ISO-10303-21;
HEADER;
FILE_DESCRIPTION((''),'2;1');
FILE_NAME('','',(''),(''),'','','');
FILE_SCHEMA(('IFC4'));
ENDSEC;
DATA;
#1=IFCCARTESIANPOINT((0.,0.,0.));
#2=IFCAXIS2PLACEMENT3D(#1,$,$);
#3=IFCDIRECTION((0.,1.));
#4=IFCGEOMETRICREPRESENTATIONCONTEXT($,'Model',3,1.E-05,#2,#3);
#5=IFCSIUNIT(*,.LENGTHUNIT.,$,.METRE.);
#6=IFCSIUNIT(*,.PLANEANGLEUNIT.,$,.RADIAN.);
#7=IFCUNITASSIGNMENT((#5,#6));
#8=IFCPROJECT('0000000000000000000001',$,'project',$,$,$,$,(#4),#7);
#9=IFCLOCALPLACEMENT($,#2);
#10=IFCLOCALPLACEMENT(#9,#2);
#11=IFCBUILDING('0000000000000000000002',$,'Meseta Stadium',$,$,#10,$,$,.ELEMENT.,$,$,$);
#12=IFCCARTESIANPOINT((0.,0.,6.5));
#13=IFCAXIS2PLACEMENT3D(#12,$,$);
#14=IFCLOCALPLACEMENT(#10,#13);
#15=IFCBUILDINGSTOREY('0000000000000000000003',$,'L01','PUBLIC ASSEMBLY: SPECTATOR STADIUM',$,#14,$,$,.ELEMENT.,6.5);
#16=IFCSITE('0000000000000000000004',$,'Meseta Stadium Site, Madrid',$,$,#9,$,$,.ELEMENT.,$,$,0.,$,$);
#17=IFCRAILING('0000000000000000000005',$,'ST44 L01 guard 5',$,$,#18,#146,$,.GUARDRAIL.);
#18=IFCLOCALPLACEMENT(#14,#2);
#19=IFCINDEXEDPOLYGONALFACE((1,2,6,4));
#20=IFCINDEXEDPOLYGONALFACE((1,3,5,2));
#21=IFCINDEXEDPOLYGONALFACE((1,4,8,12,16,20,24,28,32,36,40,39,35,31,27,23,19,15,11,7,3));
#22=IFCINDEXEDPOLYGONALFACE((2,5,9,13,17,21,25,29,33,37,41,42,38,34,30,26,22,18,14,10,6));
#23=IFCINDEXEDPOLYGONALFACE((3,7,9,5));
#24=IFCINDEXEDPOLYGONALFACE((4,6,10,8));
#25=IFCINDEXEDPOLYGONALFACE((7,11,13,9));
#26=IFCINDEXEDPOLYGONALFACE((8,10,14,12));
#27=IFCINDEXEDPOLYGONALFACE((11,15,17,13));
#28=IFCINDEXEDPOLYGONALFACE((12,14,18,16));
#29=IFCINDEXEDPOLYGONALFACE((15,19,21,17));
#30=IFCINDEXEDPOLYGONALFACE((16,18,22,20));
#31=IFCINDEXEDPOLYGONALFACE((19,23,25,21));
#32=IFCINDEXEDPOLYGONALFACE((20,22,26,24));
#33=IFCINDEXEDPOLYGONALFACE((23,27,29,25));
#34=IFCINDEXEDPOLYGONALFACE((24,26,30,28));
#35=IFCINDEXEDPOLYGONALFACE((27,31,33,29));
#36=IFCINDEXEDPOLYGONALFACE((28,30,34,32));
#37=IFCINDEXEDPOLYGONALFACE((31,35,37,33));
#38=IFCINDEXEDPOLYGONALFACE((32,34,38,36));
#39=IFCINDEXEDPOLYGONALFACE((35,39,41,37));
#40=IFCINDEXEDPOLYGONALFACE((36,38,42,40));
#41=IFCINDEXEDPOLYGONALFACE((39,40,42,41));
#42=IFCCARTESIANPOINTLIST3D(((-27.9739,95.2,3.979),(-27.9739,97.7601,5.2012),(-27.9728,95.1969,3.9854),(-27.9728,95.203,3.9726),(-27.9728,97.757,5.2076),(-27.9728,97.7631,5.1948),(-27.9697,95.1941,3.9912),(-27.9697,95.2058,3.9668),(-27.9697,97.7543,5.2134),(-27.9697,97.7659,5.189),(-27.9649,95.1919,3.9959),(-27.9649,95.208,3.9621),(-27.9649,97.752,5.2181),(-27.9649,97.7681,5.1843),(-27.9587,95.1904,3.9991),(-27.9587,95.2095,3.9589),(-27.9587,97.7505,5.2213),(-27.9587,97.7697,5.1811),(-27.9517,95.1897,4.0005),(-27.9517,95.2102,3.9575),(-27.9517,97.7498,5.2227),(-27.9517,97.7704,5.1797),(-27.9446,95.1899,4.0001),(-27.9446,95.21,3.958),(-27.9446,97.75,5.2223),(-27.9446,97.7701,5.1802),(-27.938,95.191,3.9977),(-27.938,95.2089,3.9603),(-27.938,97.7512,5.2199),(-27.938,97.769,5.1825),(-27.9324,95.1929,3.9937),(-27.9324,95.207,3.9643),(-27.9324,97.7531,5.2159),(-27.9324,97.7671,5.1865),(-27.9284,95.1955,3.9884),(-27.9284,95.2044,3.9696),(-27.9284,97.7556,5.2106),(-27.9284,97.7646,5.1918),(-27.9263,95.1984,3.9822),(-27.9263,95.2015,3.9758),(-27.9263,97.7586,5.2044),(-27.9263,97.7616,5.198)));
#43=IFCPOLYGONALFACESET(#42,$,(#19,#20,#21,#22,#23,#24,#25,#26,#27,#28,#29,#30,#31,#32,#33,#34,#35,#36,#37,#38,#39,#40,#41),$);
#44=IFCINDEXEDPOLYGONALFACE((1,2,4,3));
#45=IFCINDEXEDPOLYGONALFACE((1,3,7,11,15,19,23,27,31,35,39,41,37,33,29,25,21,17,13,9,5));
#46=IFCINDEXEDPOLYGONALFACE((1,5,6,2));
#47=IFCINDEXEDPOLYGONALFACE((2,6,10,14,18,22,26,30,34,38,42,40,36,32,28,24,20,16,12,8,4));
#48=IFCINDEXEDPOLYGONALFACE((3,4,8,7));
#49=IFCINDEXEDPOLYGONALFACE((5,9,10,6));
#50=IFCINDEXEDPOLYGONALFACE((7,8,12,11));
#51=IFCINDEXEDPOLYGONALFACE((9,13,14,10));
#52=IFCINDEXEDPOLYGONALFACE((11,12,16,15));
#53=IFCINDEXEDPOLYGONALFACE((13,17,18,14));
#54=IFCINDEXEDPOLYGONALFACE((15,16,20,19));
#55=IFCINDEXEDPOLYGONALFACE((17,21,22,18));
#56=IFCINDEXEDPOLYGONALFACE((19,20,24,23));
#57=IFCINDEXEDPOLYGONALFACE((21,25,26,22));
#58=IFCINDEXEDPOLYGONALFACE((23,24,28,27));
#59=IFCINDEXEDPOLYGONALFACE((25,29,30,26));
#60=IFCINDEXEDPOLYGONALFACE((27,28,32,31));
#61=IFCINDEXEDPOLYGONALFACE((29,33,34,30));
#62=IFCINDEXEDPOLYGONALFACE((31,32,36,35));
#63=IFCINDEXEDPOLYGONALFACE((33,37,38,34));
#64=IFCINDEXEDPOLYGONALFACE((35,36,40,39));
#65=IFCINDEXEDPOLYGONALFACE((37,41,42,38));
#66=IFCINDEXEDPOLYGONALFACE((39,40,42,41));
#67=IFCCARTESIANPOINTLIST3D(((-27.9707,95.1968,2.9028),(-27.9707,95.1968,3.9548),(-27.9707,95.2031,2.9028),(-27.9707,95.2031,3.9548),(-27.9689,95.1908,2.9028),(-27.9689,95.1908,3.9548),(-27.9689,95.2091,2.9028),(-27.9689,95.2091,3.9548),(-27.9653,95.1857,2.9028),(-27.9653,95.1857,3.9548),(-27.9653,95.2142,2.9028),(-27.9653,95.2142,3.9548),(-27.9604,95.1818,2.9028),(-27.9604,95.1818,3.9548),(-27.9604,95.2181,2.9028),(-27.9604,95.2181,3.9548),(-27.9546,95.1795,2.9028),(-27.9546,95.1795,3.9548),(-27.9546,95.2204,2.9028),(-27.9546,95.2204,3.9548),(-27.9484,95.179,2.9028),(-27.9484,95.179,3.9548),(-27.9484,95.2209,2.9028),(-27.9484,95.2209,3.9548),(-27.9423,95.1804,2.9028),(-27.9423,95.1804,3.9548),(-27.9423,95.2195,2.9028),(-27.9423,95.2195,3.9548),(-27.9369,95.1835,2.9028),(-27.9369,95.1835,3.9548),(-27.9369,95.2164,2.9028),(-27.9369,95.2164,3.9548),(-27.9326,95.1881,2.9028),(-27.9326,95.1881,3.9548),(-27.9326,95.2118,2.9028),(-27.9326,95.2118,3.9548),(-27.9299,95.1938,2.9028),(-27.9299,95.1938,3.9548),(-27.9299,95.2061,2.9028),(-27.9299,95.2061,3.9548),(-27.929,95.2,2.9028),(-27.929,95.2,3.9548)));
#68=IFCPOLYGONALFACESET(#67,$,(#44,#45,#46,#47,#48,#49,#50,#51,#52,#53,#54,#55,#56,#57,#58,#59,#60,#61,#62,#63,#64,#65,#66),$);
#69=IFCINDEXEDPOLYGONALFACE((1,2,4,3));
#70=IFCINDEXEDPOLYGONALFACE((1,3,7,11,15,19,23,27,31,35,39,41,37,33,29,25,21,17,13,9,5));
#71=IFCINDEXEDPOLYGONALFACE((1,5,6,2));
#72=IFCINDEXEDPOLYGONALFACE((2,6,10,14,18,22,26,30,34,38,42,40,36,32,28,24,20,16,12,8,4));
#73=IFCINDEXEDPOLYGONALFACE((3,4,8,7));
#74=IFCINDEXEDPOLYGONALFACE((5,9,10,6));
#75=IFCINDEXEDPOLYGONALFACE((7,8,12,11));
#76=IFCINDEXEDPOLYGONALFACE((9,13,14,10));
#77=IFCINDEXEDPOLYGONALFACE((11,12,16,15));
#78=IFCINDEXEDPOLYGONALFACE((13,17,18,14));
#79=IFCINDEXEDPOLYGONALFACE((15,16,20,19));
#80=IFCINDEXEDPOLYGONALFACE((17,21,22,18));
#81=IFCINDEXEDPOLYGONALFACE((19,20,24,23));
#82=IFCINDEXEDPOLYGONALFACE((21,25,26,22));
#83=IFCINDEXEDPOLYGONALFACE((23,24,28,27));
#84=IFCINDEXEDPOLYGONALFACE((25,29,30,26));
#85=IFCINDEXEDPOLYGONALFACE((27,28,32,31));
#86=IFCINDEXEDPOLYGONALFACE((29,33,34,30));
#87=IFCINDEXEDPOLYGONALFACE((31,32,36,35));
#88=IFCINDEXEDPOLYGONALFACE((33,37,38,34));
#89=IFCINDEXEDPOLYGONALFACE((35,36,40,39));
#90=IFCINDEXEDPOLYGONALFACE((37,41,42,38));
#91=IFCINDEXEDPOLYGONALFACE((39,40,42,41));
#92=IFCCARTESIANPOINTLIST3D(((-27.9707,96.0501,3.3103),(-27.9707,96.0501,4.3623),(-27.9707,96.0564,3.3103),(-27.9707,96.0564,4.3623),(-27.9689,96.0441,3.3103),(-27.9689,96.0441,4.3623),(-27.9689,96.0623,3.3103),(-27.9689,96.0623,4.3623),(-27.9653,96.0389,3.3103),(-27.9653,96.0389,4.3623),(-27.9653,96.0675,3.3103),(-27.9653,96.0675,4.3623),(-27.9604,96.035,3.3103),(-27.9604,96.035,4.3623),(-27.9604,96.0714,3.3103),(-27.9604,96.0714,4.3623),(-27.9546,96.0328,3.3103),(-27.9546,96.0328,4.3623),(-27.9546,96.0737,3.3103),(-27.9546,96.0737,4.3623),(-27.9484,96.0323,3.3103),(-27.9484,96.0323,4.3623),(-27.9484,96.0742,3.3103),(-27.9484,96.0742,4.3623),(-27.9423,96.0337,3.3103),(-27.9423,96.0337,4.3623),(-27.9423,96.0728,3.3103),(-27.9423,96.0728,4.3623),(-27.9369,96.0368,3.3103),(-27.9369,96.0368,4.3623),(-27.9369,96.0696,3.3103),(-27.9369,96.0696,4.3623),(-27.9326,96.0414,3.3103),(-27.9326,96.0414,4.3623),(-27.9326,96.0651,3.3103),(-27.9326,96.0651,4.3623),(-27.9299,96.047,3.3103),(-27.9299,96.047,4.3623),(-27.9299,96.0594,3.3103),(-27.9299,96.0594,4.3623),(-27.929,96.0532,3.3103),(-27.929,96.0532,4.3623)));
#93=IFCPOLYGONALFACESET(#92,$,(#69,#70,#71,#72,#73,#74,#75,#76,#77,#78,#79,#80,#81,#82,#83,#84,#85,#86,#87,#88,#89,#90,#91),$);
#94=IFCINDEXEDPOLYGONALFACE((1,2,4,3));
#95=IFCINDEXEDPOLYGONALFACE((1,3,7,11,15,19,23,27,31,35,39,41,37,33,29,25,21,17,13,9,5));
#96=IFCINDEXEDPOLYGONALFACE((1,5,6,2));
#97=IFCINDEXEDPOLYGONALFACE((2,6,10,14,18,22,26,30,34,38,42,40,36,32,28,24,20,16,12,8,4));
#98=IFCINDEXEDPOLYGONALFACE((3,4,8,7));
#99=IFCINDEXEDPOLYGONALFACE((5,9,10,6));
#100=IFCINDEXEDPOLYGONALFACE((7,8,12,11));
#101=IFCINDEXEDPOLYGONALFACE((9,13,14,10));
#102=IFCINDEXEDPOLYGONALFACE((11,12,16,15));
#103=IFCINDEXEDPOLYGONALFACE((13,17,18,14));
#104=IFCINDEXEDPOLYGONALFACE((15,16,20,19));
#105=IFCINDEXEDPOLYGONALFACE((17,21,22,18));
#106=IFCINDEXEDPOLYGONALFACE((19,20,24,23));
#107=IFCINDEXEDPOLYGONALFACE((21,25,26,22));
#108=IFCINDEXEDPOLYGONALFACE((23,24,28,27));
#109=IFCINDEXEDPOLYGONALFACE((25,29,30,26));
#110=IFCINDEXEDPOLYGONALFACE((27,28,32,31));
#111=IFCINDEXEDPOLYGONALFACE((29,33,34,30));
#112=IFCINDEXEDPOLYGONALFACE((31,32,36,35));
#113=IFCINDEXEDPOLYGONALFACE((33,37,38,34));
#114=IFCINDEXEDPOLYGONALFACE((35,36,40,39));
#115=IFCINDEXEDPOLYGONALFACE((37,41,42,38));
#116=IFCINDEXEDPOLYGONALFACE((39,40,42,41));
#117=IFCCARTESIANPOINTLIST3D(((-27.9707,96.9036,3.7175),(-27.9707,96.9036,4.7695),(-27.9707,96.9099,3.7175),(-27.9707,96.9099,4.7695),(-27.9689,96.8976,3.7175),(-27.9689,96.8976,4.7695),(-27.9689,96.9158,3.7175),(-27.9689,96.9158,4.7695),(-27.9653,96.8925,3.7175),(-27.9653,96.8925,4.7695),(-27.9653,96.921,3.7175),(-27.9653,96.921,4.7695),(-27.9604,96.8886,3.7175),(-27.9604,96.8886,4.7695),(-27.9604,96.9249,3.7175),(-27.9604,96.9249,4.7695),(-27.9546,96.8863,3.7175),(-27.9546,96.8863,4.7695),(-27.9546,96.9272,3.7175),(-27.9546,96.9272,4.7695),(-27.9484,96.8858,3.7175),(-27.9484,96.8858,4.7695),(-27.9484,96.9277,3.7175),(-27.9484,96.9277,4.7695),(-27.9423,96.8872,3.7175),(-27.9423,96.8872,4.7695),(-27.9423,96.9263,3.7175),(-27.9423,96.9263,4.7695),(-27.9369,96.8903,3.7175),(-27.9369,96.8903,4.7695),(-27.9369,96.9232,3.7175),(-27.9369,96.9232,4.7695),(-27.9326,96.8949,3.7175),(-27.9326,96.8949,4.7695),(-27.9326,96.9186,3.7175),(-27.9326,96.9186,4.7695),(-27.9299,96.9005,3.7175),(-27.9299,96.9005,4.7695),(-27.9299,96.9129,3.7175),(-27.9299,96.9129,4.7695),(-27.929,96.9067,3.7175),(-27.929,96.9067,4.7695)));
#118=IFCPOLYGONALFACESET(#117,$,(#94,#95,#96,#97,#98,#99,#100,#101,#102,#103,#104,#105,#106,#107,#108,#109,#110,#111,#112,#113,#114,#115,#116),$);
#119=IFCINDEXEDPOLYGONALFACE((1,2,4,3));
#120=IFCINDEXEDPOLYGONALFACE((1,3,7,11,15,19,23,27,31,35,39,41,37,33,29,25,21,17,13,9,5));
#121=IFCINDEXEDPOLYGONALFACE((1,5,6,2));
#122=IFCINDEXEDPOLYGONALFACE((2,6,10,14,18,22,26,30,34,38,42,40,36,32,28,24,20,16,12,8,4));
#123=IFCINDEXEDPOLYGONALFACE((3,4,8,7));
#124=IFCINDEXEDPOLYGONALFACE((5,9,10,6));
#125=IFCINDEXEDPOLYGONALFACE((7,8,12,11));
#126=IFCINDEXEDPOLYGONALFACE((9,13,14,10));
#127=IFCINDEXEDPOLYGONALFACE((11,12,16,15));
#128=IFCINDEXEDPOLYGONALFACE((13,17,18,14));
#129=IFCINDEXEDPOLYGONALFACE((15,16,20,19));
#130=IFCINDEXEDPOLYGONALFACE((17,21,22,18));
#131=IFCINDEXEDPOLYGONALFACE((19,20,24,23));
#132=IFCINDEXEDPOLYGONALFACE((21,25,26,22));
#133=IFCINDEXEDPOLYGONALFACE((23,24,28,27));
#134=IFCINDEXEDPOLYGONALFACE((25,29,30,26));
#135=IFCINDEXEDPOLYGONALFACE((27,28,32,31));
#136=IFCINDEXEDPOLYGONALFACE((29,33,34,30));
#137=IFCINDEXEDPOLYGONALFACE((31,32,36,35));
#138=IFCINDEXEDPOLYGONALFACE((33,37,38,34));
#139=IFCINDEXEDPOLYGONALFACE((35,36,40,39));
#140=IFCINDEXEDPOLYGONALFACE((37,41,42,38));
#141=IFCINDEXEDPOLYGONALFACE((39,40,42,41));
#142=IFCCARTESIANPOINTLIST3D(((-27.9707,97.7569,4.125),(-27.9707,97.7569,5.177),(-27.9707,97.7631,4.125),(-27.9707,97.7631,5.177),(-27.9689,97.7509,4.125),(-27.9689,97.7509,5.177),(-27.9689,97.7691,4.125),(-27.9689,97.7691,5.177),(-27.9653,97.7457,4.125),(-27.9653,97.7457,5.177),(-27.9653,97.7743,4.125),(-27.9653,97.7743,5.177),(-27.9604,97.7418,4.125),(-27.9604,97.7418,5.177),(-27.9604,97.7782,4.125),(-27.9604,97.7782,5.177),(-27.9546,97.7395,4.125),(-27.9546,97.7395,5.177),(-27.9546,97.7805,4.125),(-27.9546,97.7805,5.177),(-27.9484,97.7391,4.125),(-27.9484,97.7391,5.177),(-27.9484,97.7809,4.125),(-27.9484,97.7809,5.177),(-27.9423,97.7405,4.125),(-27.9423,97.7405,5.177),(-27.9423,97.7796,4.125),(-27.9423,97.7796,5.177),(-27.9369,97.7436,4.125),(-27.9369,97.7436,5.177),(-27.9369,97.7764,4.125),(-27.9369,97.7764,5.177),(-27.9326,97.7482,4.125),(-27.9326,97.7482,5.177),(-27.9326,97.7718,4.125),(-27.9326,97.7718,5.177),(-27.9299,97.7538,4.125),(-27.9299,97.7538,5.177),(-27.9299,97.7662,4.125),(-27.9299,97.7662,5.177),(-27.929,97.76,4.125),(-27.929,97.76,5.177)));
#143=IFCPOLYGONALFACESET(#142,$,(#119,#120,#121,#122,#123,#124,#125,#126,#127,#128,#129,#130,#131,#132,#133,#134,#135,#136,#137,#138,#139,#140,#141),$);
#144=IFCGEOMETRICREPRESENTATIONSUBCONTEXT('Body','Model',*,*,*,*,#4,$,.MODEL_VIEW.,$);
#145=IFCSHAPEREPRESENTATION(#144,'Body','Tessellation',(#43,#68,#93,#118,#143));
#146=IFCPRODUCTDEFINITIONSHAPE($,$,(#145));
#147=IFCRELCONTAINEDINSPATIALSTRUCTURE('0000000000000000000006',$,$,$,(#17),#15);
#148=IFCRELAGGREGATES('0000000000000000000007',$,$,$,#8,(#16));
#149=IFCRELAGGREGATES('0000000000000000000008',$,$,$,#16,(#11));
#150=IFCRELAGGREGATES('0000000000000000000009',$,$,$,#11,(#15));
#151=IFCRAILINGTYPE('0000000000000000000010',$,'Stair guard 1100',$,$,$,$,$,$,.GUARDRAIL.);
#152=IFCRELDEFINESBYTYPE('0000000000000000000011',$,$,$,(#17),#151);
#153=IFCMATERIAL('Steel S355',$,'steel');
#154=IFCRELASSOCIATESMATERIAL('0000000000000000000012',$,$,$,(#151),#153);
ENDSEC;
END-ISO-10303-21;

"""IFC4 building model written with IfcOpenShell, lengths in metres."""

from ifc_helpers import new_model, si_unit, direction, frame, origin, origin_2d, place, context, subcontext, project, spatial, circle, extrude, material, type_object, element, save


model = new_model("IFC4")

# Units and contexts
model_context = context("Model", 3, precision=1e-05, world=origin(), true_north=direction((0.0, 1.0)))
body_context = subcontext(model_context, "Body", "Model", "MODEL_VIEW")
ifc_project = project(units=[si_unit("LENGTHUNIT", "METRE"), si_unit("PLANEANGLEUNIT", "RADIAN")], contexts=[model_context])

# Site, building, storey
site_placement = place(None, origin())
site = spatial("IfcSite", under=ifc_project, at=site_placement, Name="Meseta Stadium Site, Madrid", CompositionType="ELEMENT", RefElevation=0.0)
building_placement = place(site_placement, origin())
building = spatial("IfcBuilding", under=site, at=building_placement, Name="Meseta Stadium", CompositionType="ELEMENT")
storey_placement = place(building_placement, frame((0.0, 0.0, 6.5)))
storey = spatial("IfcBuildingStorey", under=building, at=storey_placement, Name="L01", Description="PUBLIC ASSEMBLY: SPECTATOR STADIUM", CompositionType="ELEMENT", Elevation=6.5)

# Railing
ifc_material_1 = material(Name="Steel S355", Category="steel")
railing_type_1 = type_object("IfcRailingType", Name="Stair guard 1100", PredefinedType="GUARDRAIL", material=ifc_material_1)
railing_1_placement = place(storey_placement, frame((-27.95, 95.2, 2.9028)))
element("IfcRailing", 1, at=railing_1_placement, inside=storey, type_object=railing_type_1, Name="ST44 L01 guard 5", PredefinedType="GUARDRAIL", context=body_context, shape_type="SweptSolid", body=[
    extrude(circle(Radius=0.0239, at=origin_2d()), frame((0.0, 0.0, 1.0762), z_axis=(0.0, 0.902437, 0.430822), x_axis=(-1.0, 0.0, 0.0)), (0.0, 0.0, 1.0), 2.8369),
    extrude(circle(Radius=0.021, at=origin_2d()), origin(), (0.0, 0.0, 1.0), 1.052),
    extrude(circle(Radius=0.021, at=origin_2d()), frame((0.0, 0.8533, 0.4075)), (0.0, 0.0, 1.0), 1.052),
    extrude(circle(Radius=0.021, at=origin_2d()), frame((0.0, 1.7068, 0.8147)), (0.0, 0.0, 1.0), 1.052),
    extrude(circle(Radius=0.021, at=origin_2d()), frame((0.0, 2.5601, 1.2222)), (0.0, 0.0, 1.0), 1.052),
])

save(model, "model.ifc")
